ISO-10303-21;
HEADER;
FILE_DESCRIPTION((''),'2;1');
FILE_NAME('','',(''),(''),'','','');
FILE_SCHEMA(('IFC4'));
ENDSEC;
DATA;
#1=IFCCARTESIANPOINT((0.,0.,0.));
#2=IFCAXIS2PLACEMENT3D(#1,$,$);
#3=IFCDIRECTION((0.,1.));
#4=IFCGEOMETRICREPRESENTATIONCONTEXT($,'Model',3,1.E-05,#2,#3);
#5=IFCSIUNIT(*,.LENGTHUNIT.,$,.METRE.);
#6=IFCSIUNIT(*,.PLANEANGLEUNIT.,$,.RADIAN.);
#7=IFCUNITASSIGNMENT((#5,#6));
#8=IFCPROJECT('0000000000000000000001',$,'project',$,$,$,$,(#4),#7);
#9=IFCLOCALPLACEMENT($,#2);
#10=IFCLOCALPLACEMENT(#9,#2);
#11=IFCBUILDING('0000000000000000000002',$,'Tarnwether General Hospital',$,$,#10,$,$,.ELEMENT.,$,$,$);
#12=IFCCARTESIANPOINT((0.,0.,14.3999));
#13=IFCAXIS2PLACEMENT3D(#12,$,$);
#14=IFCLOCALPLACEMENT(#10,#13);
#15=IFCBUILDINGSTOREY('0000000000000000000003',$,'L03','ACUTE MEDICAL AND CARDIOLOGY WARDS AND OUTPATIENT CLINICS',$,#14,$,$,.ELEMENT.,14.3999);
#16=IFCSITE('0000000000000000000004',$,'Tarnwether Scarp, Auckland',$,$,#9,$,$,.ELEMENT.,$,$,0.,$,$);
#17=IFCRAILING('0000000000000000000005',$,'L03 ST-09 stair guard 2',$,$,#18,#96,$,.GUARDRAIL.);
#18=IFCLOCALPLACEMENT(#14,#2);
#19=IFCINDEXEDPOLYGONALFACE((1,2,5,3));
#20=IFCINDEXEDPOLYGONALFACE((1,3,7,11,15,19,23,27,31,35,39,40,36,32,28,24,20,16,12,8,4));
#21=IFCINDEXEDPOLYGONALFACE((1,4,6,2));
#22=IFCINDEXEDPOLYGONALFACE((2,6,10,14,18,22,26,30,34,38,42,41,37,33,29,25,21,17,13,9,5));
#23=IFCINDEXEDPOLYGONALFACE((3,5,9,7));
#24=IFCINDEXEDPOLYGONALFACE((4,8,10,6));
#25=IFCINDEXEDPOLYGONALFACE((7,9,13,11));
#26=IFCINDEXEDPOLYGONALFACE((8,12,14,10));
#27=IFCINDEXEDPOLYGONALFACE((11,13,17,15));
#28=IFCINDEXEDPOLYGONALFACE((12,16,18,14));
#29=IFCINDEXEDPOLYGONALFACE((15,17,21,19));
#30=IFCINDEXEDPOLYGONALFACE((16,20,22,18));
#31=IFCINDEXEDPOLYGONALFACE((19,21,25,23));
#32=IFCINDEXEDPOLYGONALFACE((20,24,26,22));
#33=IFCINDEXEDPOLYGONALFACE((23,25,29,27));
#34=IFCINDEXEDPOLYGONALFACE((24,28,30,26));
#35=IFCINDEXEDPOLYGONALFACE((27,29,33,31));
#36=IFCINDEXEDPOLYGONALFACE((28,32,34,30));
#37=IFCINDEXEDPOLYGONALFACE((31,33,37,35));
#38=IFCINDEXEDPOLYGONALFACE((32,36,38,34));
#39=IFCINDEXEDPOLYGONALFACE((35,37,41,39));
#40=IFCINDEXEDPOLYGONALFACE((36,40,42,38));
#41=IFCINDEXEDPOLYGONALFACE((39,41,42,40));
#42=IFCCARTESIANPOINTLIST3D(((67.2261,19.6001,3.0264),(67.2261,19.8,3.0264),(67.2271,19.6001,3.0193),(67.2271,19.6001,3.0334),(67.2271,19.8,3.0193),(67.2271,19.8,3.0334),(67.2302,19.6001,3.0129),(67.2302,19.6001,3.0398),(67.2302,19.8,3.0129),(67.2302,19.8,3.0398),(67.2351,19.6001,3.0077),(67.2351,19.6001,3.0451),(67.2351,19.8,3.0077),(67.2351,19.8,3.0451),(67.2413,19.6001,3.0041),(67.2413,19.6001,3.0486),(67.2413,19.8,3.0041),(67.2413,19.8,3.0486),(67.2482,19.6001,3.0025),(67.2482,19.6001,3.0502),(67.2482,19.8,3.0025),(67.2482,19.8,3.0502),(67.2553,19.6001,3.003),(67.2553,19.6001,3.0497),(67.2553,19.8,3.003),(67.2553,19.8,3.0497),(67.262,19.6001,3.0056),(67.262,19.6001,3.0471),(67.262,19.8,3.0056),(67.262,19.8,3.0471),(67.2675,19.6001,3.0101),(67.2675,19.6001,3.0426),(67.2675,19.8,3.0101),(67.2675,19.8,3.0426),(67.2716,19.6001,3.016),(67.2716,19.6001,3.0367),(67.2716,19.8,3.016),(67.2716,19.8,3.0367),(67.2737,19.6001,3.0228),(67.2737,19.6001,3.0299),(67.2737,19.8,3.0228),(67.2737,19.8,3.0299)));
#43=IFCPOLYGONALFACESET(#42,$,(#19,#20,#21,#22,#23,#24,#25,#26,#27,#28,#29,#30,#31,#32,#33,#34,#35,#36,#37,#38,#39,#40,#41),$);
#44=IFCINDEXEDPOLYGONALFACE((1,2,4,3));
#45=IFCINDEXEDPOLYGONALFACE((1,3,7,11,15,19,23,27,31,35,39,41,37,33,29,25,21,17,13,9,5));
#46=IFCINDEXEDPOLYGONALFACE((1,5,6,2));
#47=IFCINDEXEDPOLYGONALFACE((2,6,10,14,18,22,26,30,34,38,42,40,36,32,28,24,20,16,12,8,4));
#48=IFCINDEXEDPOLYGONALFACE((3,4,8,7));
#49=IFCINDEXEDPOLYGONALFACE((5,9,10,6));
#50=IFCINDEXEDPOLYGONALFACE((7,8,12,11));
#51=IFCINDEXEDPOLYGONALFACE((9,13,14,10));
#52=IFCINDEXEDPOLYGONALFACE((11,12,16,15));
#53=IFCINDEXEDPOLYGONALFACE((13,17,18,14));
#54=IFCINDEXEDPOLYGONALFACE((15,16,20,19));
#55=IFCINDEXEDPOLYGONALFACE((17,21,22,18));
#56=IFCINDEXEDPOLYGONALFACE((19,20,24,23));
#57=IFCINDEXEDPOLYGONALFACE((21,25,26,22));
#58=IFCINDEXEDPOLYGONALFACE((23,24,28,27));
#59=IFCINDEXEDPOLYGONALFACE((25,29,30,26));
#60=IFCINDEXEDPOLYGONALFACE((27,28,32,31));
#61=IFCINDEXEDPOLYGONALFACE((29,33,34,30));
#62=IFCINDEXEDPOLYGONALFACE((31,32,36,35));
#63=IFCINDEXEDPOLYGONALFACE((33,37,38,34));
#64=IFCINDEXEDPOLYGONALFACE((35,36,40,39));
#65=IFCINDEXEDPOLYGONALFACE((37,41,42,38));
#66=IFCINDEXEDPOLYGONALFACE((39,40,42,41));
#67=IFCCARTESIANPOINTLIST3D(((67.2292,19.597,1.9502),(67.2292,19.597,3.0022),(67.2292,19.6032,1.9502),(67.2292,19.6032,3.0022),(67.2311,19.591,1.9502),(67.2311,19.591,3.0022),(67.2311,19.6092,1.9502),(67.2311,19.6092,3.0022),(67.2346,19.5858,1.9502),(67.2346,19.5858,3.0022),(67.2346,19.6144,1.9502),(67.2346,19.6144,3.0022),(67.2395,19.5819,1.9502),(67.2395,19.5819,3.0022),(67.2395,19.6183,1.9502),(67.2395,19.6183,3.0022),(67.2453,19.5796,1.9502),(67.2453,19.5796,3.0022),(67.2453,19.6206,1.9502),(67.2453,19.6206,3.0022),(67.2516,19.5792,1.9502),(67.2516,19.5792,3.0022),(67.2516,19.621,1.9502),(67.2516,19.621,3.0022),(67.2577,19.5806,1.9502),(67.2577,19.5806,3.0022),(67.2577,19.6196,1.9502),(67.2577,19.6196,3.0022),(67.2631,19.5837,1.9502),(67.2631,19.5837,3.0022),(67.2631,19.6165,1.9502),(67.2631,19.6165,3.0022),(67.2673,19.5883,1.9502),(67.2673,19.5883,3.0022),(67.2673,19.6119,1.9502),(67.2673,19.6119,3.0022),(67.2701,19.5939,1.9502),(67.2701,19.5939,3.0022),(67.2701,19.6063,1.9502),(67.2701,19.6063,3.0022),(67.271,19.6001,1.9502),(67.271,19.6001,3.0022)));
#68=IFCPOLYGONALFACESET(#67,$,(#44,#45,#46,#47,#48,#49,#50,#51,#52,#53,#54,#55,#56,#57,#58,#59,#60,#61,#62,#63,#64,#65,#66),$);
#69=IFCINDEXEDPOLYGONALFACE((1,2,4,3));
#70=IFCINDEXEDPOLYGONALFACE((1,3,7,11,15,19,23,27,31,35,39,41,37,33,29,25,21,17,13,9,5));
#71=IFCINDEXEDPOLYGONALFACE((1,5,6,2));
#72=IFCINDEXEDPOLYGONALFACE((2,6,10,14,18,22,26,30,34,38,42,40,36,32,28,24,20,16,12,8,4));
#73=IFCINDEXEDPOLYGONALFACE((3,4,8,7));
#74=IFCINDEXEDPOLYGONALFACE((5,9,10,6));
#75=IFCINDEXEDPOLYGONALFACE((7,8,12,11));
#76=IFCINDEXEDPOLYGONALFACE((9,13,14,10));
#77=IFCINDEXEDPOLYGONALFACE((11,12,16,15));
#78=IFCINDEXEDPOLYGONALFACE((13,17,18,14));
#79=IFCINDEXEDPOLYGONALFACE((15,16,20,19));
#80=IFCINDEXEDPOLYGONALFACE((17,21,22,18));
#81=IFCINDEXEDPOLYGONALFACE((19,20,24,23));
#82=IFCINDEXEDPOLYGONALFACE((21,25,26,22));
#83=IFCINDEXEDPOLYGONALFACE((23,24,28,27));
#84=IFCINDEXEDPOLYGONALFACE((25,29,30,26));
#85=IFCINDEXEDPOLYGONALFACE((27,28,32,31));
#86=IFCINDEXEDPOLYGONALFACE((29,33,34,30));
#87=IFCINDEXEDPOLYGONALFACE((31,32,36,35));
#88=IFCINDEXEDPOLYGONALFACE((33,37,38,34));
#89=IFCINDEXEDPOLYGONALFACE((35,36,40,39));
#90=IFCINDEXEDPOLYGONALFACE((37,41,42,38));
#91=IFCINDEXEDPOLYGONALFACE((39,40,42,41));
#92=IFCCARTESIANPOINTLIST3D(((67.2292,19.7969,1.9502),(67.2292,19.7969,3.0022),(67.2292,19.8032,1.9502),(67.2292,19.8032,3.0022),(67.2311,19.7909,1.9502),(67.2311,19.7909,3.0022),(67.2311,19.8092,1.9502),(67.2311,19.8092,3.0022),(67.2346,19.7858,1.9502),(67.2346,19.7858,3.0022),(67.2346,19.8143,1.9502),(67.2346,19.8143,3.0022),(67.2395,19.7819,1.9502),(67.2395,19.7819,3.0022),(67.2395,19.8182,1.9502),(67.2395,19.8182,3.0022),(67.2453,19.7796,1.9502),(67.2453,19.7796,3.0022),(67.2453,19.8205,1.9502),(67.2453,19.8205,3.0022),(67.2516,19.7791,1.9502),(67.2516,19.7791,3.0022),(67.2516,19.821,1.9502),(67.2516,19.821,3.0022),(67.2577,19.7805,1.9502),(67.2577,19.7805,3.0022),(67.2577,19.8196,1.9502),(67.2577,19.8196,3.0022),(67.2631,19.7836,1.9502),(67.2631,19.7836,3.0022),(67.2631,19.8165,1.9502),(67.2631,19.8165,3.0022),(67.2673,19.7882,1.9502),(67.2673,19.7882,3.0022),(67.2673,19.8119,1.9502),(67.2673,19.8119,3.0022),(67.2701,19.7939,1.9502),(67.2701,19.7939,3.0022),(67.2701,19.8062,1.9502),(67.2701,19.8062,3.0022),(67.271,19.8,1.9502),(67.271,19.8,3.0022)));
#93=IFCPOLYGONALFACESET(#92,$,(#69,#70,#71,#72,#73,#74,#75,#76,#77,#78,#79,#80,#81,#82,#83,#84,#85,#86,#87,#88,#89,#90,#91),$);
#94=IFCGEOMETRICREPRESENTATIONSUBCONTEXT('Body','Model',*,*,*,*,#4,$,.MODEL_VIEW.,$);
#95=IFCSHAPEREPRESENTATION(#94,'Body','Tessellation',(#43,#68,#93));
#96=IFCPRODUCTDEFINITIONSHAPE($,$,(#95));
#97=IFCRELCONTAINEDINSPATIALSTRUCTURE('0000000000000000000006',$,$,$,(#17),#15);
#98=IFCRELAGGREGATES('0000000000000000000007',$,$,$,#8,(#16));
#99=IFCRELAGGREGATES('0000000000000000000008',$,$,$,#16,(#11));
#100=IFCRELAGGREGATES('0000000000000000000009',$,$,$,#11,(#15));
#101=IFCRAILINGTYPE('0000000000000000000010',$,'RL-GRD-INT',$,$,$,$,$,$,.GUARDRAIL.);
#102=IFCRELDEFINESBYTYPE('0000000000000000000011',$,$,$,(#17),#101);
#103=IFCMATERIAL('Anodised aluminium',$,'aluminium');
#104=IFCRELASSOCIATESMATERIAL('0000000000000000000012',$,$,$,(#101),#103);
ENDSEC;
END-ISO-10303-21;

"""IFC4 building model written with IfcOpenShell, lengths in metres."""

from ifc_helpers import new_model, si_unit, direction, frame, origin, origin_2d, place, context, subcontext, project, spatial, circle, extrude, material, type_object, element, save


model = new_model("IFC4")

# Units and contexts
model_context = context("Model", 3, precision=1e-05, world=origin(), true_north=direction((0.0, 1.0)))
body_context = subcontext(model_context, "Body", "Model", "MODEL_VIEW")
ifc_project = project(units=[si_unit("LENGTHUNIT", "METRE"), si_unit("PLANEANGLEUNIT", "RADIAN")], contexts=[model_context])

# Site, building, storey
site_placement = place(None, origin())
site = spatial("IfcSite", under=ifc_project, at=site_placement, Name="Tarnwether Scarp, Auckland", CompositionType="ELEMENT", RefElevation=0.0)
building_placement = place(site_placement, origin())
building = spatial("IfcBuilding", under=site, at=building_placement, Name="Tarnwether General Hospital", CompositionType="ELEMENT")
storey_placement = place(building_placement, frame((0.0, 0.0, 14.3999)))
storey = spatial("IfcBuildingStorey", under=building, at=storey_placement, Name="L03", Description="ACUTE MEDICAL AND CARDIOLOGY WARDS AND OUTPATIENT CLINICS", CompositionType="ELEMENT", Elevation=14.3999)

# Railing
ifc_material_1 = material(Name="Anodised aluminium", Category="aluminium")
railing_type = type_object("IfcRailingType", Name="RL-GRD-INT", PredefinedType="GUARDRAIL", material=ifc_material_1)
railing_1_placement = place(storey_placement, frame((67.25, 19.6001, 1.9502)))
element("IfcRailing", 1, at=railing_1_placement, inside=storey, type_object=railing_type, Name="L03 ST-09 stair guard 2", PredefinedType="GUARDRAIL", context=body_context, shape_type="SweptSolid", body=[
    extrude(circle(Radius=0.0239, at=origin_2d()), frame((0.0, 0.0, 1.0762), z_axis=(0.0, 1.0, 0.0), x_axis=(-1.0, 0.0, 0.0)), (0.0, 0.0, 1.0), 0.2),
    extrude(circle(Radius=0.021, at=origin_2d()), origin(), (0.0, 0.0, 1.0), 1.052),
    extrude(circle(Radius=0.021, at=origin_2d()), frame((0.0, 0.2, 0.0)), (0.0, 0.0, 1.0), 1.052),
])

save(model, "model.ifc")
